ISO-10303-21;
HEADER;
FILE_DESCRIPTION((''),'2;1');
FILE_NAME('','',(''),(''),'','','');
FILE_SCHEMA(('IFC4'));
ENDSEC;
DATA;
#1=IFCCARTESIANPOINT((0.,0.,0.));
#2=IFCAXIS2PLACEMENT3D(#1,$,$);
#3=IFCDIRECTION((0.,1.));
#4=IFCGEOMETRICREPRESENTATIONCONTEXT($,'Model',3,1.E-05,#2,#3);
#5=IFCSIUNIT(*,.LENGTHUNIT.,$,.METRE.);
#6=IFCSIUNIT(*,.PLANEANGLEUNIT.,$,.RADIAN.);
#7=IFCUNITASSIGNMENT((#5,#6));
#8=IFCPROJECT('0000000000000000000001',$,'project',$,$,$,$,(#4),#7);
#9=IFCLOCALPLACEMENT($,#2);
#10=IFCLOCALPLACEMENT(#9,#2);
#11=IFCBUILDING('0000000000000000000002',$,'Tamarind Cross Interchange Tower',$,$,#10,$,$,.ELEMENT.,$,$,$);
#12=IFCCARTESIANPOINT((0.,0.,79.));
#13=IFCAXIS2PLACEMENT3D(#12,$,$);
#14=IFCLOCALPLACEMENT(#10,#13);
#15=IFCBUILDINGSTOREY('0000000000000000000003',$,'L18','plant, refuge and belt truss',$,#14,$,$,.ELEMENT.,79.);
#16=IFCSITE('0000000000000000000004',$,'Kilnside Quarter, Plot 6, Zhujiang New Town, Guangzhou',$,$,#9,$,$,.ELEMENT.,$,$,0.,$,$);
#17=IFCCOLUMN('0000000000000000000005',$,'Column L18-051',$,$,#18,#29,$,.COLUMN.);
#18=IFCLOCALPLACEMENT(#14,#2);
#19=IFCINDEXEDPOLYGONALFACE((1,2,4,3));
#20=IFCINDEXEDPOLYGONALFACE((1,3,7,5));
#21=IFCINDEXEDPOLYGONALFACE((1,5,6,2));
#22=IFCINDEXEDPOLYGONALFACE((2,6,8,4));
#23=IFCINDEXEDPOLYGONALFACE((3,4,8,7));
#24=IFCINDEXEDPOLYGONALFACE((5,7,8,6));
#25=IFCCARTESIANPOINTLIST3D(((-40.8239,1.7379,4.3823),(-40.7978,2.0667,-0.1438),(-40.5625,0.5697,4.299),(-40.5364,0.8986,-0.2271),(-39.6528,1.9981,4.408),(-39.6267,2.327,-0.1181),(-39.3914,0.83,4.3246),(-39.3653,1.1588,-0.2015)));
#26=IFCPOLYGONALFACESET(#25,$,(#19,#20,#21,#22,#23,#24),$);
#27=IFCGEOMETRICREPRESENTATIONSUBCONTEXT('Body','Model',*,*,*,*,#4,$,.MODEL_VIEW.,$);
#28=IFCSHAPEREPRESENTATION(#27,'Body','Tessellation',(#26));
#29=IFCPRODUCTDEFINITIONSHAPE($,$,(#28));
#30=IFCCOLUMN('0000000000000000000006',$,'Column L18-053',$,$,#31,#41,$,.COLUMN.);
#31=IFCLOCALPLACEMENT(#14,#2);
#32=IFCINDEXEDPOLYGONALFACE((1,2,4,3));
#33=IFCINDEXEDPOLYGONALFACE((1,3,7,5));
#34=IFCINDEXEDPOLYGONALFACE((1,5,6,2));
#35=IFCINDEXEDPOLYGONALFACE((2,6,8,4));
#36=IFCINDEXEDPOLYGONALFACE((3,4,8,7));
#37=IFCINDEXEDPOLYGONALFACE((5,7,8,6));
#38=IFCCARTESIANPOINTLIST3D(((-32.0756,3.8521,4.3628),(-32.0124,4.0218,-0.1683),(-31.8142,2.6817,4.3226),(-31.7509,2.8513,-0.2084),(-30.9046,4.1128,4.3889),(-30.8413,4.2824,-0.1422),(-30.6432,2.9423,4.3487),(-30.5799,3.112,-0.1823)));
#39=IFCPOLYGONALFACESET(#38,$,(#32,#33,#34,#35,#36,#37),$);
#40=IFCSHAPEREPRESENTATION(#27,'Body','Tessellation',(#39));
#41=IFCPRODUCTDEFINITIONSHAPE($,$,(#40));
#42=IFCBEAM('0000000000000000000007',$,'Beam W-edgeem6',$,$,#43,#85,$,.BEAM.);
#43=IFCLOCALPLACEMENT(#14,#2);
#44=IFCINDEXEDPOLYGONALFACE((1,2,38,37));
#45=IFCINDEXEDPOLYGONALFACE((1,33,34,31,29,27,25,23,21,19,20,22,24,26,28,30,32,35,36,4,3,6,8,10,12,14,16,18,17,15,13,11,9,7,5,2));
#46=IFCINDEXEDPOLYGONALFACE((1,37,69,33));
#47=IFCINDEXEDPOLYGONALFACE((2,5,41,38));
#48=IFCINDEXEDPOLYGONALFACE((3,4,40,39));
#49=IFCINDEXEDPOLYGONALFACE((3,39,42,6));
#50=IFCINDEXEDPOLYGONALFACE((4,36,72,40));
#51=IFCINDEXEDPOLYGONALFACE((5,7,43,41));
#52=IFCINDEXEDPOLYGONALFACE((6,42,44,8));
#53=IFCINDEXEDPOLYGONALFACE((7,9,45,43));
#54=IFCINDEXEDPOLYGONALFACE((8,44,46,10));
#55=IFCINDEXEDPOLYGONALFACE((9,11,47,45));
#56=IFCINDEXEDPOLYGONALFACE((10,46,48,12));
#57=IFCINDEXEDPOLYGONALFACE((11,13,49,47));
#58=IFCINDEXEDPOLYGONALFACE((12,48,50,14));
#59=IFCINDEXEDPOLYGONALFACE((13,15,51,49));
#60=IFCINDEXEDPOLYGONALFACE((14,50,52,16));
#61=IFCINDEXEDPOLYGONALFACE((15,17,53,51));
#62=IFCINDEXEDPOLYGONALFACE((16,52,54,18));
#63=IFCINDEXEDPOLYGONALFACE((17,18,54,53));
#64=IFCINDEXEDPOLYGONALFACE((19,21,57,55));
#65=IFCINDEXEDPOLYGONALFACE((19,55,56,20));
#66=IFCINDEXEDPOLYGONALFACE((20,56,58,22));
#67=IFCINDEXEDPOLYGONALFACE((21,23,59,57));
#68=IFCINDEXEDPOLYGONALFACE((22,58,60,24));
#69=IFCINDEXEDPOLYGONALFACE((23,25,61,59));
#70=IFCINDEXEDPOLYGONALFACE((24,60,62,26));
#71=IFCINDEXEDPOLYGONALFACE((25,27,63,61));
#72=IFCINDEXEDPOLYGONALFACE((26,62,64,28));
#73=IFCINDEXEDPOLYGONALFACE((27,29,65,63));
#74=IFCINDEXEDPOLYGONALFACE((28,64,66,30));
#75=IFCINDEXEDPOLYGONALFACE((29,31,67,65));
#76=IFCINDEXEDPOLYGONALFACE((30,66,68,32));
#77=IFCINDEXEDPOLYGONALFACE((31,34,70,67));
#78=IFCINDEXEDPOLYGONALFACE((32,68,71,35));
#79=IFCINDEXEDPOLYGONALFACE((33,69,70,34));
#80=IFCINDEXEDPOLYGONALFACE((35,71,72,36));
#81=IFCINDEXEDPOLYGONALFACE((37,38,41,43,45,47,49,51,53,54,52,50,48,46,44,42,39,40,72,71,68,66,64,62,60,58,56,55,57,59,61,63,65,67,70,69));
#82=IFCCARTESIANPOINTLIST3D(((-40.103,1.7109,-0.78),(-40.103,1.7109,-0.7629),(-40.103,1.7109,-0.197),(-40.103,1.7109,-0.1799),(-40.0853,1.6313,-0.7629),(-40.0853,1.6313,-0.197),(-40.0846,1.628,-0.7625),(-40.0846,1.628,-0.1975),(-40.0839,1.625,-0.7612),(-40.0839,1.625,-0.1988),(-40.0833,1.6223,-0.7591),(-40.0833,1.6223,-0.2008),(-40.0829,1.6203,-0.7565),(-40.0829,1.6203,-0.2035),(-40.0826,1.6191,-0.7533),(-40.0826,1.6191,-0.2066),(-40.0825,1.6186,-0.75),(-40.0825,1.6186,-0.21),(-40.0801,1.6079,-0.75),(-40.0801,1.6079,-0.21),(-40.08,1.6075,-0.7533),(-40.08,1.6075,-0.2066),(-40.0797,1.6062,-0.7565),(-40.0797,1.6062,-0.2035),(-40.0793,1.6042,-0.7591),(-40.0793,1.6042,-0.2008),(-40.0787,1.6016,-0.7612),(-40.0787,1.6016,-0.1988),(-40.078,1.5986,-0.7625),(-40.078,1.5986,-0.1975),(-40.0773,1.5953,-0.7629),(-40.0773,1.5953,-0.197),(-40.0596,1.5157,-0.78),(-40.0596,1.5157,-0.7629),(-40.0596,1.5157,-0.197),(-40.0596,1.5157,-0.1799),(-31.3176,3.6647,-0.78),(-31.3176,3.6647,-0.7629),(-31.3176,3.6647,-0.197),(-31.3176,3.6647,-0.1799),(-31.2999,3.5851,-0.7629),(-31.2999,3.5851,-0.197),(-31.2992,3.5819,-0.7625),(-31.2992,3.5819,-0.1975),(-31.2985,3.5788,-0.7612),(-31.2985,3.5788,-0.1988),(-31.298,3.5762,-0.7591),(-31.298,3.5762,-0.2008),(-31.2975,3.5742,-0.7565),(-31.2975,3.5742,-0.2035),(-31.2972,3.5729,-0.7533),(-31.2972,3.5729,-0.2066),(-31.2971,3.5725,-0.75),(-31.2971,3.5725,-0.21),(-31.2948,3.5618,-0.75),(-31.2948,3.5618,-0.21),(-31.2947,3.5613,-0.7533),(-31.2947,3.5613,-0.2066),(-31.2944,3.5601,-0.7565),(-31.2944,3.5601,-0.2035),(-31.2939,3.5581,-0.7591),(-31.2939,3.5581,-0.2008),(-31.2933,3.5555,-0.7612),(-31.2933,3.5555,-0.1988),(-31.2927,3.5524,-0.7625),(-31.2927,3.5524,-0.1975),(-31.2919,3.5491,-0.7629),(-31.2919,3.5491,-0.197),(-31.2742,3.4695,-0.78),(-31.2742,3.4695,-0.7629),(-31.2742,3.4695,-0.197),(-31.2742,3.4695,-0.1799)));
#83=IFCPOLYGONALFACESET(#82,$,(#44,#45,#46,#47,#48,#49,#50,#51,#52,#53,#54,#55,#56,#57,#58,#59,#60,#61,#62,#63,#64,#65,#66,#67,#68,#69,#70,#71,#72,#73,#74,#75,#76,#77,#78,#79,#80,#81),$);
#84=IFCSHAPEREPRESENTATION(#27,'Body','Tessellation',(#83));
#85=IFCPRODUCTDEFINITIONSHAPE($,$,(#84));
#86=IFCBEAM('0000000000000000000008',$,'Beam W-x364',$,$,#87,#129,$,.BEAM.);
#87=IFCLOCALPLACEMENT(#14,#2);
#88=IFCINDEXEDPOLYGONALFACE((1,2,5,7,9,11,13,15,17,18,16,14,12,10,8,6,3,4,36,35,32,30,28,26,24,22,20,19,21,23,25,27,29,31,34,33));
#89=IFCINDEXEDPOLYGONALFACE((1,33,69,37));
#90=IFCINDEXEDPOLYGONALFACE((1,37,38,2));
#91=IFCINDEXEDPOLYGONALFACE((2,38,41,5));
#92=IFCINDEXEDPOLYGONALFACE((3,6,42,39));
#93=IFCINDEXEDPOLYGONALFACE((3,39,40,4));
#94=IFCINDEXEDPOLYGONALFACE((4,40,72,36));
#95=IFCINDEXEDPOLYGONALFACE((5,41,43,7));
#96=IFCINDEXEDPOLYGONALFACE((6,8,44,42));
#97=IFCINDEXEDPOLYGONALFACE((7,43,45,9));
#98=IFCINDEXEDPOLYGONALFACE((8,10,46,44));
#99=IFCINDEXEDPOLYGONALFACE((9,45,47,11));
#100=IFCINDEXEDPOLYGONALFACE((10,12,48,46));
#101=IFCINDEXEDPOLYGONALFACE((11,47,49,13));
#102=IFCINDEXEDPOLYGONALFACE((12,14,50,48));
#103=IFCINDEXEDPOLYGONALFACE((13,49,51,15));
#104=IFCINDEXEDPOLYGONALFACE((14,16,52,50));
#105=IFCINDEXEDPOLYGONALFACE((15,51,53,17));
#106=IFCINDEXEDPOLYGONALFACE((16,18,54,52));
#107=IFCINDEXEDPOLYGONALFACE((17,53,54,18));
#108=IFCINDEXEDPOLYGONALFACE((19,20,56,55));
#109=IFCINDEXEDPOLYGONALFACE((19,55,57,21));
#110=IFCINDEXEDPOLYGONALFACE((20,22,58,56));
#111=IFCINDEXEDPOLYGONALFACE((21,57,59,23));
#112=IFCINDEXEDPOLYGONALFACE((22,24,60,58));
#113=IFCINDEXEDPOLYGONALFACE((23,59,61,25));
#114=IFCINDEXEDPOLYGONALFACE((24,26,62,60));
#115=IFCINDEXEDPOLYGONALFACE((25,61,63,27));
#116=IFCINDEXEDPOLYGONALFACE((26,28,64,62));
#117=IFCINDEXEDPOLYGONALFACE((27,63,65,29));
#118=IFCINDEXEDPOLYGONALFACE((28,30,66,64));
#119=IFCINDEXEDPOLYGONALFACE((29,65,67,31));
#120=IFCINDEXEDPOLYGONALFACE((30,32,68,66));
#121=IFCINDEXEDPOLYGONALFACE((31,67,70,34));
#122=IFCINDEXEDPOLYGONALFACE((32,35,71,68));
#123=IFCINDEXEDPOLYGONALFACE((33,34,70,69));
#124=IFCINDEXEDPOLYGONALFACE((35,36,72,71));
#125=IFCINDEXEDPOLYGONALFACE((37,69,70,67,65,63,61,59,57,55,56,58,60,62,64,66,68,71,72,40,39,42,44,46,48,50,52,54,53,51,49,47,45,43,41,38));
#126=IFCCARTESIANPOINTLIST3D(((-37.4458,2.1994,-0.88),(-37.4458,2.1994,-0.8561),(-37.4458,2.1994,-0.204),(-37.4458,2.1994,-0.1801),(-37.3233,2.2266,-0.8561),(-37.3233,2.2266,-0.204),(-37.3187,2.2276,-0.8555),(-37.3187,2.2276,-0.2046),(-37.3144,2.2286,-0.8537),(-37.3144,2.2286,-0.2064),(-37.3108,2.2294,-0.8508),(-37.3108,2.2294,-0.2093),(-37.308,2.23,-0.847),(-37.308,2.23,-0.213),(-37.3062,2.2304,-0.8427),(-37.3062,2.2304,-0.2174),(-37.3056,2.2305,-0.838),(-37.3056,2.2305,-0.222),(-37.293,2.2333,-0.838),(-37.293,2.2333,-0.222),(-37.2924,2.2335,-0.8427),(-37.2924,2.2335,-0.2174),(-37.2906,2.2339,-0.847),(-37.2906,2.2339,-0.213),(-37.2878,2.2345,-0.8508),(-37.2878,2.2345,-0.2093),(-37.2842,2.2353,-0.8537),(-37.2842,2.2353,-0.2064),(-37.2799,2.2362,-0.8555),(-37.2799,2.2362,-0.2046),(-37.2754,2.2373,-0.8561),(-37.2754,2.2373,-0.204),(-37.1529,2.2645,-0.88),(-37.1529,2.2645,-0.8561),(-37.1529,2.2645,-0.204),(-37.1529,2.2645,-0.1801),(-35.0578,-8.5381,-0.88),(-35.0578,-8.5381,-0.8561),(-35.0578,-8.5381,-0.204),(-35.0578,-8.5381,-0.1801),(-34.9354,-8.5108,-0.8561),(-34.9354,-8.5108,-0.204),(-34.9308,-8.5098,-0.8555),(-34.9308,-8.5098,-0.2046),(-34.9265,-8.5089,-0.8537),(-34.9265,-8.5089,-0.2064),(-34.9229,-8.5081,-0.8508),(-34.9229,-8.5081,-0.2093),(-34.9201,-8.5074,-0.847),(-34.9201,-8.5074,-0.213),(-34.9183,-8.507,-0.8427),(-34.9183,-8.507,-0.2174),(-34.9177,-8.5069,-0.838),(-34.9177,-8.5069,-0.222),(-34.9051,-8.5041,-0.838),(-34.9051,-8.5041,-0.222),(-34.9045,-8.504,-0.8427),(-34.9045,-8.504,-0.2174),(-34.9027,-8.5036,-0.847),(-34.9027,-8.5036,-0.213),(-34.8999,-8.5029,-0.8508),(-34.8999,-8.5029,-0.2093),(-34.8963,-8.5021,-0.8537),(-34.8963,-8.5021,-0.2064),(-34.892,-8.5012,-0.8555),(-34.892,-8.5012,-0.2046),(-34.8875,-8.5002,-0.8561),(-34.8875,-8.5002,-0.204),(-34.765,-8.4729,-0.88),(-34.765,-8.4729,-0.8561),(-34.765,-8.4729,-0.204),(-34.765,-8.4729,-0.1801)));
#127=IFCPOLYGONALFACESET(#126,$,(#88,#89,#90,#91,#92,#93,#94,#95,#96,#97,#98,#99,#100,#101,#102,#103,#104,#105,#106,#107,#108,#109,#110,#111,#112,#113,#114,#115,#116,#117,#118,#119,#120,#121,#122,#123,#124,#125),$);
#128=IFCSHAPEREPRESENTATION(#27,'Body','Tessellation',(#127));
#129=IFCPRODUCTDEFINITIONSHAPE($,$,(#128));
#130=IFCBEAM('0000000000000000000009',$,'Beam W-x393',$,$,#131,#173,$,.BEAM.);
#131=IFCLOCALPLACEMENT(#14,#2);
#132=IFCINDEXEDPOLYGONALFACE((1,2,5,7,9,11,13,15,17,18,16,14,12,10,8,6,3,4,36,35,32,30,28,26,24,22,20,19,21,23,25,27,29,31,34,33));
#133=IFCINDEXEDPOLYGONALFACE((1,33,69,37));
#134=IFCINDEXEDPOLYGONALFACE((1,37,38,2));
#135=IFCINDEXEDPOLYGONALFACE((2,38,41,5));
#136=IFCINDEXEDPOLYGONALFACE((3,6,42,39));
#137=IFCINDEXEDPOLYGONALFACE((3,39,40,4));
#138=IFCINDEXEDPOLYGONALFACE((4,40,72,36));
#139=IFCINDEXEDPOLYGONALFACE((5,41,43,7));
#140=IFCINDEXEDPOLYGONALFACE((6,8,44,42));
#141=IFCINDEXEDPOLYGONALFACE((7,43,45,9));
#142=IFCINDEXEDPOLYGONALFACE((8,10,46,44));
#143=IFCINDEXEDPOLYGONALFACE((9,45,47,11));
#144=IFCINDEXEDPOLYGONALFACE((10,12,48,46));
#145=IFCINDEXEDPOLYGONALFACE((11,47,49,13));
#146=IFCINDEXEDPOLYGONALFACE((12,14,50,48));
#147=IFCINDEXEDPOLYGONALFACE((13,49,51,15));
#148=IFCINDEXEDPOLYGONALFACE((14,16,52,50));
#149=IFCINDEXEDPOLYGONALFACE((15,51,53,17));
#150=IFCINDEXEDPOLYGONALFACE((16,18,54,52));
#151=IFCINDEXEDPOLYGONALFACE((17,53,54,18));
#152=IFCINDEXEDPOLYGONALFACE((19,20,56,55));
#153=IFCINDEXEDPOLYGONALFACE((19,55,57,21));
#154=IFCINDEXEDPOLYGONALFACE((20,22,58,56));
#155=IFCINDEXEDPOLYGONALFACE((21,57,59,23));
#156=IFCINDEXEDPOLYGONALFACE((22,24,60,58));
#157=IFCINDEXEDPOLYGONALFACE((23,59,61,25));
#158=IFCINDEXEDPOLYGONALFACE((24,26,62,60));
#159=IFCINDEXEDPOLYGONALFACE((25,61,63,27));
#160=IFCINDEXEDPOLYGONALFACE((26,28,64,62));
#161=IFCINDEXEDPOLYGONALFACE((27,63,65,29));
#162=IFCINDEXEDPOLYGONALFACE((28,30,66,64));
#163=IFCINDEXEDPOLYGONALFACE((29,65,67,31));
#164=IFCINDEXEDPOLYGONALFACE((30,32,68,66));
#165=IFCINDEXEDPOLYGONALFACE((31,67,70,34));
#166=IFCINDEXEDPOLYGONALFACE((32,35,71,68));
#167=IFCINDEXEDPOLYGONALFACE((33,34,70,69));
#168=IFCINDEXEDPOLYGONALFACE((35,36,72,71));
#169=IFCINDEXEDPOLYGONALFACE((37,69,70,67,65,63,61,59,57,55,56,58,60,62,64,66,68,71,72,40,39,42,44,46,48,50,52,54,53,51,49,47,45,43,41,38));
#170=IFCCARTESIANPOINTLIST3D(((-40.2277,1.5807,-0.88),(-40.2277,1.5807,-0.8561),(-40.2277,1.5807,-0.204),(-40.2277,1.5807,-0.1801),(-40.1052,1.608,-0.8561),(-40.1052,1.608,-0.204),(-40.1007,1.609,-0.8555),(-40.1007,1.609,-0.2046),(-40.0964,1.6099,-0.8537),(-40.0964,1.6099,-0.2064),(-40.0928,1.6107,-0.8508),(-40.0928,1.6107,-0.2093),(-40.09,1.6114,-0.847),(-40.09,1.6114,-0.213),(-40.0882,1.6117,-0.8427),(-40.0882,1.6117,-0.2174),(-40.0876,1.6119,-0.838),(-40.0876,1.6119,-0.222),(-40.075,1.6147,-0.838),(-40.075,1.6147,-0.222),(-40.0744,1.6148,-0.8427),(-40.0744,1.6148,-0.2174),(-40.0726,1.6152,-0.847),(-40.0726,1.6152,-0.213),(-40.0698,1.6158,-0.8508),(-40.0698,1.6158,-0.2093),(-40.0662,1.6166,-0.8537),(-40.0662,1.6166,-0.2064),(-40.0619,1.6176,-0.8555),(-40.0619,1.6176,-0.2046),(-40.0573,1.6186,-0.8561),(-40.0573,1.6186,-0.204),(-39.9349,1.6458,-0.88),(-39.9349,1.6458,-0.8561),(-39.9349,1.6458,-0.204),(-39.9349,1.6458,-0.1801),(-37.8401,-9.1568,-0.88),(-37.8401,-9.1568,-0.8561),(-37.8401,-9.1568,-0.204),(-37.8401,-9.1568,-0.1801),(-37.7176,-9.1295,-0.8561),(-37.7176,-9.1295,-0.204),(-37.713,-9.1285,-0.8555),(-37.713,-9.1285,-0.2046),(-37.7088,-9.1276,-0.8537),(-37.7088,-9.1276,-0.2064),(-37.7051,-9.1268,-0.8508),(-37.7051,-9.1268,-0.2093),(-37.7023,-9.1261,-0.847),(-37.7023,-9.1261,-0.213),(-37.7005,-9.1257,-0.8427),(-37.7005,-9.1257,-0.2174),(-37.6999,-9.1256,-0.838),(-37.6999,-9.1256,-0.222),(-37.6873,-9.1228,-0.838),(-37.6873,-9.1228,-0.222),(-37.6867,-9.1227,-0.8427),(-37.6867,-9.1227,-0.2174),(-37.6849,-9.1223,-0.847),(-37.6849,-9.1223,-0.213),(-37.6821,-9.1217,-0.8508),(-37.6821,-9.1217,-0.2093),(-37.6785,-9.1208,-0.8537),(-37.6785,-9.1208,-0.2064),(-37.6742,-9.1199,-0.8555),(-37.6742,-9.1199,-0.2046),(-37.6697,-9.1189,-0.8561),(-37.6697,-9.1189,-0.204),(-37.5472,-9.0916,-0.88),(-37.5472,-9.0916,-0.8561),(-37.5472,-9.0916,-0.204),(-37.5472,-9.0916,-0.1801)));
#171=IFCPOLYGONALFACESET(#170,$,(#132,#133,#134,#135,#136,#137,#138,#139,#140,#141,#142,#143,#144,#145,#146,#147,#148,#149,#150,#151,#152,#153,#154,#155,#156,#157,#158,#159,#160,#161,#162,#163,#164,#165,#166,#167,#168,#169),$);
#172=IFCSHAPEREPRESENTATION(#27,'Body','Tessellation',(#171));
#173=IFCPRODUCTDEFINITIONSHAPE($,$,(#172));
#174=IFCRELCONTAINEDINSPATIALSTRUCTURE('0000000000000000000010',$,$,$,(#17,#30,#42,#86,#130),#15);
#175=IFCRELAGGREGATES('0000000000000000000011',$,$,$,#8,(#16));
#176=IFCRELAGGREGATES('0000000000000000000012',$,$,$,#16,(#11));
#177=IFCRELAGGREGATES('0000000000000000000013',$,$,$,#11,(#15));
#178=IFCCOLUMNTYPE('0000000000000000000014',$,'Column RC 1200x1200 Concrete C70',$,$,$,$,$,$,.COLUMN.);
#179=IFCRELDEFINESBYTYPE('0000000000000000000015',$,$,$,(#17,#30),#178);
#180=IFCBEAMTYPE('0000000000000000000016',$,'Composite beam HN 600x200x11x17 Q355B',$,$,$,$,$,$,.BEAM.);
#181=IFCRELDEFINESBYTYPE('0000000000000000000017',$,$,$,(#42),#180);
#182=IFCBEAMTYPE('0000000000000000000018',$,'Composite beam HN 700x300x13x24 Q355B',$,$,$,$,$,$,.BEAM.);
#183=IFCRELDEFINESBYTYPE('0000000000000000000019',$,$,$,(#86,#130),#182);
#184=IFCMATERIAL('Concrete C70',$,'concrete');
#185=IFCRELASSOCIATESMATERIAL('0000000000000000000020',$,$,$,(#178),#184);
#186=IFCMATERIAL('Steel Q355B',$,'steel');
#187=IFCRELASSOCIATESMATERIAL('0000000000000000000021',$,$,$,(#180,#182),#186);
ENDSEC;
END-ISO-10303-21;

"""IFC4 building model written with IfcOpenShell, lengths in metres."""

from ifc_helpers import new_model, si_unit, direction, frame, origin, origin_2d, place, context, subcontext, project, spatial, rectangle, i_section, extrude, material, material_profile, profile_set, type_object, element, save


model = new_model("IFC4")

# Units and contexts
model_context = context("Model", 3, precision=1e-05, world=origin(), true_north=direction((0.0, 1.0)))
body_context = subcontext(model_context, "Body", "Model", "MODEL_VIEW")
ifc_project = project(units=[si_unit("LENGTHUNIT", "METRE"), si_unit("PLANEANGLEUNIT", "RADIAN")], contexts=[model_context])

# Site, building, storey
site_placement = place(None, origin())
site = spatial("IfcSite", under=ifc_project, at=site_placement, Name="Kilnside Quarter, Plot 6, Zhujiang New Town, Guangzhou", CompositionType="ELEMENT", RefElevation=0.0)
building_placement = place(site_placement, origin())
building = spatial("IfcBuilding", under=site, at=building_placement, Name="Tamarind Cross Interchange Tower", CompositionType="ELEMENT")
storey_placement = place(building_placement, frame((0.0, 0.0, 79.0)))
storey = spatial("IfcBuildingStorey", under=building, at=storey_placement, Name="L18", Description="plant, refuge and belt truss", CompositionType="ELEMENT", Elevation=79.0)

# Columns
ifc_material_1 = material(Name="Concrete C70", Category="concrete")
ifc_material_profile_1 = material_profile(ifc_material_1, rectangle(XDim=1.2, YDim=1.2, at=origin_2d()), Name="RC 1200x1200")
ifc_profile_set_1 = profile_set([ifc_material_profile_1], Name="Concrete C70")
column_type = type_object("IfcColumnType", Name="Column RC 1200x1200 Concrete C70", PredefinedType="COLUMN", material=ifc_profile_set_1)
column_1_placement = place(storey_placement, frame((-40.0815, 1.6128, -0.1726), z_axis=(-0.005756, -0.072465, 0.997354), x_axis=(0.975961, 0.216895, 0.021392)))
element("IfcColumn", 1, at=column_1_placement, inside=storey, type_object=column_type, Name="Column L18-051", PredefinedType="COLUMN", context=body_context, shape_type="SweptSolid", body=[
    extrude(rectangle(XDim=1.2, YDim=1.2, at=origin_2d()), origin(), (0.0, 0.0, 1.0), 4.5381),
])
column_2_placement = place(storey_placement, frame((-31.2961, 3.5669, -0.1753), z_axis=(-0.013944, -0.037418, 0.999202), x_axis=(0.975881, 0.217218, 0.021753)))
element("IfcColumn", 2, at=column_2_placement, inside=storey, type_object=column_type, Name="Column L18-053", PredefinedType="COLUMN", context=body_context, shape_type="SweptSolid", body=[
    extrude(rectangle(XDim=1.2, YDim=1.2, at=origin_2d()), origin(), (0.0, 0.0, 1.0), 4.5347),
])

# Beams
ifc_material_2 = material(Name="Steel Q355B", Category="steel")
ifc_material_profile_2 = material_profile(ifc_material_2, i_section(OverallWidth=0.2, OverallDepth=0.6001, WebThickness=0.011, FlangeThickness=0.0171, FilletRadius=0.0129, at=origin_2d()), Name="HN 600x200x11x17")
ifc_profile_set_2 = profile_set([ifc_material_profile_2], Name="Steel Q355B")
beam_type_1 = type_object("IfcBeamType", Name="Composite beam HN 600x200x11x17 Q355B", PredefinedType="BEAM", material=ifc_profile_set_2)
beam_placement = place(storey_placement, frame((-40.0813, 1.6133, -0.48), z_axis=(0.976151, 0.217094, 0.0), x_axis=(-0.217094, 0.976151, 0.0)))
element("IfcBeam", 3, at=beam_placement, inside=storey, type_object=beam_type_1, Name="Beam W-edgeem6", PredefinedType="BEAM", context=body_context, shape_type="SweptSolid", body=[
    extrude(i_section(OverallWidth=0.2, OverallDepth=0.6001, WebThickness=0.011, FlangeThickness=0.0171, FilletRadius=0.0129, at=origin_2d()), origin(), (0.0, 0.0, 1.0), 9.0),
])
ifc_material_profile_3 = material_profile(ifc_material_2, i_section(OverallWidth=0.3, OverallDepth=0.7, WebThickness=0.0129, FlangeThickness=0.0239, FilletRadius=0.0181, at=origin_2d()), Name="HN 700x300x13x24")
ifc_profile_set_3 = profile_set([ifc_material_profile_3], Name="Steel Q355B")
beam_type_2 = type_object("IfcBeamType", Name="Composite beam HN 700x300x13x24 Q355B", PredefinedType="BEAM", material=ifc_profile_set_3)
for number, where, z_axis, x_axis, name in (
    (4, (-37.2993, 2.2319, -0.53), (0.217088, -0.976152, 0.0), (0.976152, 0.217088, 0.0), "Beam W-x364"),
    (5, (-40.0813, 1.6133, -0.53), (0.217067, -0.976157, 0.0), (0.976157, 0.217067, 0.0), "Beam W-x393"),
):
    element("IfcBeam", number, at=place(storey_placement, frame(where, z_axis=z_axis, x_axis=x_axis)), inside=storey, type_object=beam_type_2, Name=name, PredefinedType="BEAM", context=body_context, shape_type="SweptSolid", body=[
        extrude(i_section(OverallWidth=0.3, OverallDepth=0.7, WebThickness=0.0129, FlangeThickness=0.0239, FilletRadius=0.0181, at=origin_2d()), origin(), (0.0, 0.0, 1.0), 10.9998),
    ])

save(model, "model.ifc")
